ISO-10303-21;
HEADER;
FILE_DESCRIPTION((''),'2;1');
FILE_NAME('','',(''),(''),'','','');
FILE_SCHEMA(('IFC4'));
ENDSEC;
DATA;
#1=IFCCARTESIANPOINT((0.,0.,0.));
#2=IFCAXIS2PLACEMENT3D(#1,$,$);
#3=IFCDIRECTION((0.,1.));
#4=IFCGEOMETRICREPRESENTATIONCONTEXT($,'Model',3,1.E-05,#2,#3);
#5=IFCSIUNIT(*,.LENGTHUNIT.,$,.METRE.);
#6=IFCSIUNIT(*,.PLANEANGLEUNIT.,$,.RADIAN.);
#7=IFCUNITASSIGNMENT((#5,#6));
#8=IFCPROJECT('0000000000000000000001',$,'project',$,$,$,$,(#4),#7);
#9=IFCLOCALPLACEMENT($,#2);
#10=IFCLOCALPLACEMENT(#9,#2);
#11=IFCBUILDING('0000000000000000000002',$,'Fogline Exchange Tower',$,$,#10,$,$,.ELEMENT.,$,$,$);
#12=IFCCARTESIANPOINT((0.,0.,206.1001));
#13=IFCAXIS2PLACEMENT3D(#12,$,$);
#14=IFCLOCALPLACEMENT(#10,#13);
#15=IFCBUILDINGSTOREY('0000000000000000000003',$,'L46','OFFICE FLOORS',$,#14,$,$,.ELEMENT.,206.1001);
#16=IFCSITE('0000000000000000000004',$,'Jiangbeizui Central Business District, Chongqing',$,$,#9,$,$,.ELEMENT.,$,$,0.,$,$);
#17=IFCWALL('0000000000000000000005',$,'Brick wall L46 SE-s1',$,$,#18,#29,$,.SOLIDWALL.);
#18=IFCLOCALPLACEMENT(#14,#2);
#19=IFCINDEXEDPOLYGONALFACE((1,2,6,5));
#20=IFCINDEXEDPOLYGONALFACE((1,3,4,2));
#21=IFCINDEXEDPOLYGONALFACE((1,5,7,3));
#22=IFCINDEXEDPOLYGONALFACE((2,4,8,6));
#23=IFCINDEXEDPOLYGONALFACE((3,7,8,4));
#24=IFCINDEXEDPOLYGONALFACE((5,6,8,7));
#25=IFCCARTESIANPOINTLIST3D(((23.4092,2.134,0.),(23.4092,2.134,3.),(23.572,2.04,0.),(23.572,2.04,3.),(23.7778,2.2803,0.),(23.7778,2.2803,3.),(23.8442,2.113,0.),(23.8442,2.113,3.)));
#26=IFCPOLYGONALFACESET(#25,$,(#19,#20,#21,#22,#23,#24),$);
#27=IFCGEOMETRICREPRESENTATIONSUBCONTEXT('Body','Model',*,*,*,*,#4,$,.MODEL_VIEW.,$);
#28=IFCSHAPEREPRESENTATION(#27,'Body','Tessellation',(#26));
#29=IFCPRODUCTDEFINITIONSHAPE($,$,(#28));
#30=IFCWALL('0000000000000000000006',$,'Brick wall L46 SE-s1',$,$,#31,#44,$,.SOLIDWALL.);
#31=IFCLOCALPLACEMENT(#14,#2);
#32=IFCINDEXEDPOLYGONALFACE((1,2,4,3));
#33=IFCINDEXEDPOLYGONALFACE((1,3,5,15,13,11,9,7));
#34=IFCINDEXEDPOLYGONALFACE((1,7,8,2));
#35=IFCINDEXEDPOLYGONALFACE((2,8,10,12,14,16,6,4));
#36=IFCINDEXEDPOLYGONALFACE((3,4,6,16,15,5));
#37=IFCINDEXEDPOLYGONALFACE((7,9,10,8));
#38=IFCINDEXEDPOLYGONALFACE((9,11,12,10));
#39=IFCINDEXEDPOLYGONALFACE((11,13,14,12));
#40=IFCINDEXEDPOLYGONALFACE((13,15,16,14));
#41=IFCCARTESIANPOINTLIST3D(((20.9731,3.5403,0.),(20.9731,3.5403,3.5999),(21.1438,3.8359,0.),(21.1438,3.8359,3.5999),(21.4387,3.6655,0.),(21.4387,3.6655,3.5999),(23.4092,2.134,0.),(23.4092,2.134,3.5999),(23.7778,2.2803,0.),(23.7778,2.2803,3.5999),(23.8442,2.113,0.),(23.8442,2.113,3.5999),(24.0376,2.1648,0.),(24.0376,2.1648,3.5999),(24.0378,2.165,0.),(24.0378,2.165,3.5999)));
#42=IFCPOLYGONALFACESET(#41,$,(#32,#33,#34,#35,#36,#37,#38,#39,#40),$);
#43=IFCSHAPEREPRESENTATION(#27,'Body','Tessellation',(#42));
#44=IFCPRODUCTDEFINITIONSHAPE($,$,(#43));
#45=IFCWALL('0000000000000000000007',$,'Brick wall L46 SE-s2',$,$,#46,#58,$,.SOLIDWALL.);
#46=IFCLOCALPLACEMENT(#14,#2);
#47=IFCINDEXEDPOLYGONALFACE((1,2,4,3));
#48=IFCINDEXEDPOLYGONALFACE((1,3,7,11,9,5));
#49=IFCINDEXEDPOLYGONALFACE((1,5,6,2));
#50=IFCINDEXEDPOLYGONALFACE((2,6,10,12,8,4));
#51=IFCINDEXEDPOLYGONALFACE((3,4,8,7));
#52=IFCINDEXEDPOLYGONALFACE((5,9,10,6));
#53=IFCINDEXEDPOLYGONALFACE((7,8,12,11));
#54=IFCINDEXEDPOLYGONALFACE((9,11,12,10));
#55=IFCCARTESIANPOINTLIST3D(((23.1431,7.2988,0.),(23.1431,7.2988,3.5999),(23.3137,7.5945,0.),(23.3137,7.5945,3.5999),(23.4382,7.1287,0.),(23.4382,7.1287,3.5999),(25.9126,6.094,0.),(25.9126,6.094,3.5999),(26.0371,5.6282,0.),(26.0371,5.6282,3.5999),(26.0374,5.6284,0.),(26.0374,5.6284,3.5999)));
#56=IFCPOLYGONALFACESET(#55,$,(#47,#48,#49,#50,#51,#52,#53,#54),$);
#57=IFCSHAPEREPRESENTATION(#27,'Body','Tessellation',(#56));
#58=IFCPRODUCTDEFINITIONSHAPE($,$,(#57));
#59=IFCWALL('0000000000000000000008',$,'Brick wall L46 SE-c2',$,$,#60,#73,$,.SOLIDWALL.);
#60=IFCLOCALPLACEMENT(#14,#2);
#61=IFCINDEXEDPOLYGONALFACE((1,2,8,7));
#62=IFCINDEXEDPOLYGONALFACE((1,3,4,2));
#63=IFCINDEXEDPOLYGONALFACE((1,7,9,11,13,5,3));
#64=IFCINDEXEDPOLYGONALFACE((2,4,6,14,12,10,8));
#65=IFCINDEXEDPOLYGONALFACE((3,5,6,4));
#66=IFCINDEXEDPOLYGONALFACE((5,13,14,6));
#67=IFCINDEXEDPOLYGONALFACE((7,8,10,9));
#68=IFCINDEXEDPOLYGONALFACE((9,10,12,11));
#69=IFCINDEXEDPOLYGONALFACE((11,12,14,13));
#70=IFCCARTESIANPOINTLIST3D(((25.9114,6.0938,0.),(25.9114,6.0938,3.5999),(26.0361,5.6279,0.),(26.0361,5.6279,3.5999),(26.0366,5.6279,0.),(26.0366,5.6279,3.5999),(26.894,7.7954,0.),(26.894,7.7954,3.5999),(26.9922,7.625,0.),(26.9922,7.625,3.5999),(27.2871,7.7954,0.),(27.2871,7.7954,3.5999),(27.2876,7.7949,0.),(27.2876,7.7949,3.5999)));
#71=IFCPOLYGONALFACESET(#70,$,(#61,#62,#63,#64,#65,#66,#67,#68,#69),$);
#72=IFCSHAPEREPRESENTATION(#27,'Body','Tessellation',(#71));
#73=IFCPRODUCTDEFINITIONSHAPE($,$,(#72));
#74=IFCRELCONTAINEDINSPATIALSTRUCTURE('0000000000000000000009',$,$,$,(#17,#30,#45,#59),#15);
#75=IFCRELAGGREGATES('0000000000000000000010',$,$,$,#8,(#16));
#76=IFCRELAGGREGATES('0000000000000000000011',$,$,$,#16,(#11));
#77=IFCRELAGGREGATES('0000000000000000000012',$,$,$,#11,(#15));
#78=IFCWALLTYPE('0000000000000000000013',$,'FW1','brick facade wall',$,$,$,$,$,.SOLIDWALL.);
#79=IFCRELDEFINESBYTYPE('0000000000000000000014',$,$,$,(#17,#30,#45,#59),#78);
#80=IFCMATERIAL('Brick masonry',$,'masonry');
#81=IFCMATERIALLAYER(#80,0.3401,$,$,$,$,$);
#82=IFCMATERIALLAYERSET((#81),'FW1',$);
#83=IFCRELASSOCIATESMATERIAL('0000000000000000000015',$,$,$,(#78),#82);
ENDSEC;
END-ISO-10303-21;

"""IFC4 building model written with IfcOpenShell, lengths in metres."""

from ifc_helpers import new_model, si_unit, direction, frame, origin, place, context, subcontext, project, spatial, polyline, outline, extrude, material, layer, layer_set, type_object, element, save


model = new_model("IFC4")

# Units and contexts
model_context = context("Model", 3, precision=1e-05, world=origin(), true_north=direction((0.0, 1.0)))
body_context = subcontext(model_context, "Body", "Model", "MODEL_VIEW")
ifc_project = project(units=[si_unit("LENGTHUNIT", "METRE"), si_unit("PLANEANGLEUNIT", "RADIAN")], contexts=[model_context])

# Site, building, storey
site_placement = place(None, origin())
site = spatial("IfcSite", under=ifc_project, at=site_placement, Name="Jiangbeizui Central Business District, Chongqing", CompositionType="ELEMENT", RefElevation=0.0)
building_placement = place(site_placement, origin())
building = spatial("IfcBuilding", under=site, at=building_placement, Name="Fogline Exchange Tower", CompositionType="ELEMENT")
storey_placement = place(building_placement, frame((0.0, 0.0, 206.1001)))
storey = spatial("IfcBuildingStorey", under=building, at=storey_placement, Name="L46", Description="OFFICE FLOORS", CompositionType="ELEMENT", Elevation=206.1001)

# Walls
ifc_material_1 = material(Name="Brick masonry", Category="masonry")
ifc_layer_1 = layer(ifc_material_1, 0.3401)
ifc_layer_set_1 = layer_set([ifc_layer_1], Name="FW1")
wall_type = type_object("IfcWallType", Name="FW1", Description="brick facade wall", PredefinedType="SOLIDWALL", material=ifc_layer_set_1)
wall_1_placement = place(storey_placement, origin())
element("IfcWall", 1, at=wall_1_placement, inside=storey, type_object=wall_type, Name="Brick wall L46 SE-s1", PredefinedType="SOLIDWALL", context=body_context, shape_type="SweptSolid", body=[
    extrude(outline(polyline([(23.572, 2.04), (23.4092, 2.134), (23.7778, 2.2803), (23.8442, 2.113), (23.572, 2.04)])), origin(), (0.0, 0.0, 1.0), 3.0),
])
wall_2_placement = place(storey_placement, origin())
element("IfcWall", 2, at=wall_2_placement, inside=storey, type_object=wall_type, Name="Brick wall L46 SE-s1", PredefinedType="SOLIDWALL", context=body_context, shape_type="SweptSolid", body=[
    extrude(outline(polyline([(21.1438, 3.8359), (21.4387, 3.6655), (24.0378, 2.165), (24.0376, 2.1648), (23.8442, 2.113), (23.7778, 2.2803), (23.4092, 2.134), (20.9731, 3.5403), (21.1438, 3.8359)])), origin(), (0.0, 0.0, 1.0), 3.5999),
])
wall_3_placement = place(storey_placement, origin())
element("IfcWall", 3, at=wall_3_placement, inside=storey, type_object=wall_type, Name="Brick wall L46 SE-s2", PredefinedType="SOLIDWALL", context=body_context, shape_type="SweptSolid", body=[
    extrude(outline(polyline([(26.0371, 5.6282), (23.4382, 7.1287), (23.1431, 7.2988), (23.3137, 7.5945), (25.9126, 6.094), (26.0374, 5.6284), (26.0371, 5.6282)])), origin(), (0.0, 0.0, 1.0), 3.5999),
])
wall_4_placement = place(storey_placement, origin())
element("IfcWall", 4, at=wall_4_placement, inside=storey, type_object=wall_type, Name="Brick wall L46 SE-c2", PredefinedType="SOLIDWALL", context=body_context, shape_type="SweptSolid", body=[
    extrude(outline(polyline([(26.894, 7.7954), (26.9922, 7.625), (27.2871, 7.7954), (27.2876, 7.7949), (26.0366, 5.6279), (26.0361, 5.6279), (25.9114, 6.0938), (26.894, 7.7954)])), origin(), (0.0, 0.0, 1.0), 3.5999),
])

save(model, "model.ifc")
